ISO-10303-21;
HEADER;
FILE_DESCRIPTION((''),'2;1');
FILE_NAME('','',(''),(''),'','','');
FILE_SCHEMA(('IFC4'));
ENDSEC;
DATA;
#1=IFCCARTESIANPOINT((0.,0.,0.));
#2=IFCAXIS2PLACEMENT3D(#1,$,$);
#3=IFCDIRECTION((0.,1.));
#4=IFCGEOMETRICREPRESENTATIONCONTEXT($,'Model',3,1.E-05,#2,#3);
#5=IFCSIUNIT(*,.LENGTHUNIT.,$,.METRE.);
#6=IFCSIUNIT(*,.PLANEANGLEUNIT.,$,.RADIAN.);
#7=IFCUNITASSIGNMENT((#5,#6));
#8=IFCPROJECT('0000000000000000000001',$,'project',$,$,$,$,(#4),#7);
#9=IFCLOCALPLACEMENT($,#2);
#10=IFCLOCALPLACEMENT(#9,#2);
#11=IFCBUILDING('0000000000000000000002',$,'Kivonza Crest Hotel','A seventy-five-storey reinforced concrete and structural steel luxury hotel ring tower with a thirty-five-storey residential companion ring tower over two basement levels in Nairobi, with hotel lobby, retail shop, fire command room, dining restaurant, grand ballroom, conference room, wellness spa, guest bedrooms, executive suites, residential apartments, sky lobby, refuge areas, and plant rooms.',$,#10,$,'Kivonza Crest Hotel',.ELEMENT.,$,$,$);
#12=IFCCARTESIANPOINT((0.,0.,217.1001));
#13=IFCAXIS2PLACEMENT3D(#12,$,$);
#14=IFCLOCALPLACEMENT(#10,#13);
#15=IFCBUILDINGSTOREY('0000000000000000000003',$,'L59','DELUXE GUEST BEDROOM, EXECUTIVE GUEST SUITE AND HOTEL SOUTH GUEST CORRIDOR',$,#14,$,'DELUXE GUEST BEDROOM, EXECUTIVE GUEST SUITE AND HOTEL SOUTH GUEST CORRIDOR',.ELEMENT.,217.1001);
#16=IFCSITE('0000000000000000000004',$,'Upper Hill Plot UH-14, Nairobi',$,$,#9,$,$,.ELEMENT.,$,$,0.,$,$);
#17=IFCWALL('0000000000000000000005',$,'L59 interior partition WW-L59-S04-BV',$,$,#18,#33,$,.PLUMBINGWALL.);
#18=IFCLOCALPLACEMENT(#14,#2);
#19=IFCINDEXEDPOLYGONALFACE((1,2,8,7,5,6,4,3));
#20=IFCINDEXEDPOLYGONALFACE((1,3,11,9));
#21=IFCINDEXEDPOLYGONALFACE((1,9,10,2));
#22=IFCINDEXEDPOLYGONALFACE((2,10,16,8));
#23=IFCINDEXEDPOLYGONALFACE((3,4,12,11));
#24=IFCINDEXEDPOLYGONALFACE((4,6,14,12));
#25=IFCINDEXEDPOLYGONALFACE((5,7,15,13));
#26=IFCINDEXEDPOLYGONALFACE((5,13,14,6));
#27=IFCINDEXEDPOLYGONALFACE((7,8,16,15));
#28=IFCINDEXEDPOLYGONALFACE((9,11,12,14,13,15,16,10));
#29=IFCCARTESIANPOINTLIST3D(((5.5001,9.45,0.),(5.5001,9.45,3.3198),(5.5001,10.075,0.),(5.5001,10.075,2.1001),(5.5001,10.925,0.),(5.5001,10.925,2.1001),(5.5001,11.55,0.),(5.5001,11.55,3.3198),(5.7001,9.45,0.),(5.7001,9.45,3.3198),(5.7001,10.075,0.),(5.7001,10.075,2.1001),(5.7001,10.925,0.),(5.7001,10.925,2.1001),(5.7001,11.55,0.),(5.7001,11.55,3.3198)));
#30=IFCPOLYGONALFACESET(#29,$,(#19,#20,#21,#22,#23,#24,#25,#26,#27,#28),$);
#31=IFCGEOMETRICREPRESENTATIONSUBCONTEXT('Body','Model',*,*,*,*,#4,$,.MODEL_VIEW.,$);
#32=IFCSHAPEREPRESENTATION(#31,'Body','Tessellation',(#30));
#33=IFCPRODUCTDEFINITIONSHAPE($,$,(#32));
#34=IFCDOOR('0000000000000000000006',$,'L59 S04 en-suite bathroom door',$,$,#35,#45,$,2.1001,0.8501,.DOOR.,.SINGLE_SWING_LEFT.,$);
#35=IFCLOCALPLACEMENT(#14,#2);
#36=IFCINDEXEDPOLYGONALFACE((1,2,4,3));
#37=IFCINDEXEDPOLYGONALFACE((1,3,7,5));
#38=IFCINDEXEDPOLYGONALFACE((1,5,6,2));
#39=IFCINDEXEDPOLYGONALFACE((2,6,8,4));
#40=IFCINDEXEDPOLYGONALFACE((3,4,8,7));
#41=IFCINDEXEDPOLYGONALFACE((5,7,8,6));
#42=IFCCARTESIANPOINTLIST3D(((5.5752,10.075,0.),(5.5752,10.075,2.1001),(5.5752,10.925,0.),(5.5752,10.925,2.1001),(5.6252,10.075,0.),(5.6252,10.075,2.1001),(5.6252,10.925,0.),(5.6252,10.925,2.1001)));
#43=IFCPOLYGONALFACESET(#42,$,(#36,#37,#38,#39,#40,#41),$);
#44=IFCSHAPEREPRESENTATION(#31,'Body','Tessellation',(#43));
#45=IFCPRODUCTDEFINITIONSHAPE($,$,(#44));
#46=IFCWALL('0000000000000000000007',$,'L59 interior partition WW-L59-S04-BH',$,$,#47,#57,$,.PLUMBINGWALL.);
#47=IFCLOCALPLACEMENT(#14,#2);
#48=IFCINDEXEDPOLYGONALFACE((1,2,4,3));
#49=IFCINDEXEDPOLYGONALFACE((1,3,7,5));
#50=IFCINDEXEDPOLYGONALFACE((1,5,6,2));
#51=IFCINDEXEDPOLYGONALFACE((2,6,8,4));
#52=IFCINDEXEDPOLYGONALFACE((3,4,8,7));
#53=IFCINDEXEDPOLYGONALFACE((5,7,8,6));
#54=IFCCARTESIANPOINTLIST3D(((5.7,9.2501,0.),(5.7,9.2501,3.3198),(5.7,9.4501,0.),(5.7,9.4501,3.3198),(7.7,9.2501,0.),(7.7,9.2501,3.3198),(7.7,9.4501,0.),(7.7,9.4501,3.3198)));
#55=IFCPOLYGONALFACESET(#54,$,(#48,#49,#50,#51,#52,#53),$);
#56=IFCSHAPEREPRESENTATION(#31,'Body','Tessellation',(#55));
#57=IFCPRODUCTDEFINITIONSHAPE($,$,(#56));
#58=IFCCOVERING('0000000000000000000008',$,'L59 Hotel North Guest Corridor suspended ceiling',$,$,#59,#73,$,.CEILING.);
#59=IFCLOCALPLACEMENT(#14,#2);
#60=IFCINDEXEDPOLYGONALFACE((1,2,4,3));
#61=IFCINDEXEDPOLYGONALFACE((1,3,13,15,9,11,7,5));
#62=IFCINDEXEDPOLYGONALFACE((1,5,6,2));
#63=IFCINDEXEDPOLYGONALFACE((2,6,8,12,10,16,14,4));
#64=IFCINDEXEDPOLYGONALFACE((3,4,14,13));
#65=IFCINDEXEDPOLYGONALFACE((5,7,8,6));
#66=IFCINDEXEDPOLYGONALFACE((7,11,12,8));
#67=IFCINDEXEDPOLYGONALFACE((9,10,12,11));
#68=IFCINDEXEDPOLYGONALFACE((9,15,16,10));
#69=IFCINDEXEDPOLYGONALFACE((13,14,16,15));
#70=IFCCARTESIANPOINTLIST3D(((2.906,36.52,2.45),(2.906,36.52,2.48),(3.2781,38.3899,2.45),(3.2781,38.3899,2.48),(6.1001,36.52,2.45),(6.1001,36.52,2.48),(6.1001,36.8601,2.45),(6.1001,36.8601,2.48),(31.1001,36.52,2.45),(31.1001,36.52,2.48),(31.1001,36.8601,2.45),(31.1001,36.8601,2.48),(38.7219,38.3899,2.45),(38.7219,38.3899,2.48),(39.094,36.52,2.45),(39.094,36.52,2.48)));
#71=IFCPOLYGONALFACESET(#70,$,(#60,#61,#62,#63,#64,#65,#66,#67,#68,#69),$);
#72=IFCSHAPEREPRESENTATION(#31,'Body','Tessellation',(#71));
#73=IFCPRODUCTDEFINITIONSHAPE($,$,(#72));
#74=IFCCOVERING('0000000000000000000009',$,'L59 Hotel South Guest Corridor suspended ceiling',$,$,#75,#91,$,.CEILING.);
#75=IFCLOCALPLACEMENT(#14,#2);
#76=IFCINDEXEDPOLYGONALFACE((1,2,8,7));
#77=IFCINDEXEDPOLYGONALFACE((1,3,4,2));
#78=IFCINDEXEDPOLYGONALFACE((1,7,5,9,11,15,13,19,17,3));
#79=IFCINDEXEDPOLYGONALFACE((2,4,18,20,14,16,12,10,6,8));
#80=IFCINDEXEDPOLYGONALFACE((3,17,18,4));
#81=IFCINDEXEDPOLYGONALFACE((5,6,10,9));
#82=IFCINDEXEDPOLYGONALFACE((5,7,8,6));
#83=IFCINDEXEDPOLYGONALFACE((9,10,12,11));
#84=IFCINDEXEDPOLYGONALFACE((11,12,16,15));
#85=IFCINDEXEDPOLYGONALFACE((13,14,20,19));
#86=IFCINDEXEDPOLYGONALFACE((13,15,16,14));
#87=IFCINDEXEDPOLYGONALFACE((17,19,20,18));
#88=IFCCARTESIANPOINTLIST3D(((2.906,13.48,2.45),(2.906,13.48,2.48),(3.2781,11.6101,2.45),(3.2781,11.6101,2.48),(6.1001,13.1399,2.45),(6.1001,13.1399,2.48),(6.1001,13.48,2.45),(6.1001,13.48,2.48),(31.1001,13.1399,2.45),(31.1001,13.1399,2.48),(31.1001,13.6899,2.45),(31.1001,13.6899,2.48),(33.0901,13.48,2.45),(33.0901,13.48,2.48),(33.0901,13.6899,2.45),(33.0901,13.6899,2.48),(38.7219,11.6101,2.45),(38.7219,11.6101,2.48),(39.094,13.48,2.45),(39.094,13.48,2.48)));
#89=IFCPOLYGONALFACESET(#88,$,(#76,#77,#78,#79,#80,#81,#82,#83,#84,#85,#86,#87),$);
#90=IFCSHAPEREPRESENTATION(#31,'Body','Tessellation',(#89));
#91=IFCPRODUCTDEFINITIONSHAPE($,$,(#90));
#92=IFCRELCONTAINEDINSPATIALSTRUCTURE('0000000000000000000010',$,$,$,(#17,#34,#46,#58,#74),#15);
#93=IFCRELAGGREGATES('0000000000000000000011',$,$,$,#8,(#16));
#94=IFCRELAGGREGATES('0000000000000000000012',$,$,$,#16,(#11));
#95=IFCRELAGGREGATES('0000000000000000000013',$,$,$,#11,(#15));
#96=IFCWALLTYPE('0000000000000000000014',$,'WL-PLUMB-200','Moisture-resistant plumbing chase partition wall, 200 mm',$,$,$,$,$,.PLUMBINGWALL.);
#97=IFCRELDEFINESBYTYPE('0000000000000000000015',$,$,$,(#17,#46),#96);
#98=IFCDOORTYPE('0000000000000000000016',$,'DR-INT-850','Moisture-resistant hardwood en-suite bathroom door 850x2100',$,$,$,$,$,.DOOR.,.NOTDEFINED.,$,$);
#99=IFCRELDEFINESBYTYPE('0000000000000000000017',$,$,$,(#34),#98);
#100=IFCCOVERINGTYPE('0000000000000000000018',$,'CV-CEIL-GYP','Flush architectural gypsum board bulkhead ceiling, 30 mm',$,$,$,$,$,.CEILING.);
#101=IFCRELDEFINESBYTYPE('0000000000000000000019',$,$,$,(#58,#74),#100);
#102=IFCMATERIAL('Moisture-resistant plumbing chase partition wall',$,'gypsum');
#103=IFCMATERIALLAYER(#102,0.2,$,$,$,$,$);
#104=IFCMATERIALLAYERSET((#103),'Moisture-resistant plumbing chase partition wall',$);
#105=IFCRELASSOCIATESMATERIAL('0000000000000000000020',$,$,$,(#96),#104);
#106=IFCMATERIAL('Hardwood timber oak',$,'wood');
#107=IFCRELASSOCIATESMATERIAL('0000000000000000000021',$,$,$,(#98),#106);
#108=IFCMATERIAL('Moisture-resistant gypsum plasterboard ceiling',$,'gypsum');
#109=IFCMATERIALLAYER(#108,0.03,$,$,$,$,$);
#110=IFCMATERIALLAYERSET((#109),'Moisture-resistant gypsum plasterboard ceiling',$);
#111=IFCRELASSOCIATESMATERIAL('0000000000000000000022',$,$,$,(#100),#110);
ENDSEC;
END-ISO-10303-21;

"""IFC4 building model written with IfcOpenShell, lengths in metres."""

from ifc_helpers import new_model, si_unit, direction, frame, frame_2d, origin, place, context, subcontext, project, spatial, polyline, rectangle, outline, extrude, material, layer, layer_set, type_object, element, fill, save


model = new_model("IFC4")

# Units and contexts
model_context = context("Model", 3, precision=1e-05, world=origin(), true_north=direction((0.0, 1.0)))
body_context = subcontext(model_context, "Body", "Model", "MODEL_VIEW")
ifc_project = project(units=[si_unit("LENGTHUNIT", "METRE"), si_unit("PLANEANGLEUNIT", "RADIAN")], contexts=[model_context])

# Site, building, storey
site_placement = place(None, origin())
site = spatial("IfcSite", under=ifc_project, at=site_placement, Name="Upper Hill Plot UH-14, Nairobi", CompositionType="ELEMENT", RefElevation=0.0)
building_placement = place(site_placement, origin())
building = spatial("IfcBuilding", under=site, at=building_placement, Name="Kivonza Crest Hotel", Description="A seventy-five-storey reinforced concrete and structural steel luxury hotel ring tower with a thirty-five-storey residential companion ring tower over two basement levels in Nairobi, with hotel lobby, retail shop, fire command room, dining restaurant, grand ballroom, conference room, wellness spa, guest bedrooms, executive suites, residential apartments, sky lobby, refuge areas, and plant rooms.", LongName="Kivonza Crest Hotel", CompositionType="ELEMENT")
storey_placement = place(building_placement, frame((0.0, 0.0, 217.1001)))
storey = spatial("IfcBuildingStorey", under=building, at=storey_placement, Name="L59", Description="DELUXE GUEST BEDROOM, EXECUTIVE GUEST SUITE AND HOTEL SOUTH GUEST CORRIDOR", LongName="DELUXE GUEST BEDROOM, EXECUTIVE GUEST SUITE AND HOTEL SOUTH GUEST CORRIDOR", CompositionType="ELEMENT", Elevation=217.1001)

# Shared definitions
ifc_material_1 = material(Name="Hardwood timber oak", Category="wood")

# Wall, opening, door
ifc_material_2 = material(Name="Moisture-resistant plumbing chase partition wall", Category="gypsum")
ifc_layer_1 = layer(ifc_material_2, 0.2)
ifc_layer_set_1 = layer_set([ifc_layer_1], Name="Moisture-resistant plumbing chase partition wall")
wall_type_1 = type_object("IfcWallType", Name="WL-PLUMB-200", Description="Moisture-resistant plumbing chase partition wall, 200 mm", PredefinedType="PLUMBINGWALL", material=ifc_layer_set_1)
wall_1_placement = place(storey_placement, frame((5.6001, 9.45, 0.0), z_axis=(0.0, 0.0, 1.0), x_axis=(0.0, 1.0, 0.0)))
wall_1 = element("IfcWall", 1, at=wall_1_placement, inside=storey, type_object=wall_type_1, Name="L59 interior partition WW-L59-S04-BV", PredefinedType="PLUMBINGWALL", context=body_context, shape_type="SweptSolid", body=[
    extrude(rectangle(XDim=2.1001, YDim=0.2, at=frame_2d((1.05, 0.0))), origin(), (0.0, 0.0, 1.0), 3.3198),
])
opening_1_placement = place(wall_1_placement, frame((0.625, 0.0, 0.0)))
opening_1 = element("IfcOpeningElement", 2, at=opening_1_placement, cuts=wall_1, PredefinedType="OPENING", context=body_context, shape_type="SweptSolid", body=[
    extrude(rectangle(XDim=0.8501, YDim=2.1001, at=frame_2d((0.425, 1.05))), frame((0.0, 0.1099, 0.0), z_axis=(0.0, -1.0, 0.0), x_axis=(1.0, 0.0, 0.0)), (0.0, 0.0, 1.0), 0.22),
])
door_type_1 = type_object("IfcDoorType", Name="DR-INT-850", Description="Moisture-resistant hardwood en-suite bathroom door 850x2100", OperationType="NOTDEFINED", PredefinedType="DOOR", material=ifc_material_1)
door_1_placement = place(opening_1_placement, origin())
door_1 = element("IfcDoor", 3, at=door_1_placement, inside=storey, type_object=door_type_1, Name="L59 S04 en-suite bathroom door", OperationType="SINGLE_SWING_LEFT", OverallHeight=2.1001, OverallWidth=0.8501, PredefinedType="DOOR", context=body_context, shape_type="SweptSolid", body=[
    extrude(rectangle(XDim=0.8501, YDim=2.1001, at=frame_2d((0.425, 1.05))), frame((0.0, 0.0249, 0.0), z_axis=(0.0, -1.0, 0.0), x_axis=(1.0, 0.0, 0.0)), (0.0, 0.0, 1.0), 0.05),
])
fill(opening_1, door_1)

# Wall
wall_2_placement = place(storey_placement, frame((5.7, 9.3501, 0.0), z_axis=(0.0, 0.0, 1.0), x_axis=(1.0, 0.0, 0.0)))
element("IfcWall", 4, at=wall_2_placement, inside=storey, type_object=wall_type_1, Name="L59 interior partition WW-L59-S04-BH", PredefinedType="PLUMBINGWALL", context=body_context, shape_type="SweptSolid", body=[
    extrude(rectangle(XDim=2.0, YDim=0.2, at=frame_2d((1.0, 0.0))), origin(), (0.0, 0.0, 1.0), 3.3198),
])

# Coverings
ifc_material_3 = material(Name="Moisture-resistant gypsum plasterboard ceiling", Category="gypsum")
ifc_layer_2 = layer(ifc_material_3, 0.03)
ifc_layer_set_2 = layer_set([ifc_layer_2], Name="Moisture-resistant gypsum plasterboard ceiling")
covering_type = type_object("IfcCoveringType", Name="CV-CEIL-GYP", Description="Flush architectural gypsum board bulkhead ceiling, 30 mm", PredefinedType="CEILING", material=ifc_layer_set_2)
covering_1_placement = place(storey_placement, frame((0.0, 0.0, 2.45)))
element("IfcCovering", 5, at=covering_1_placement, inside=storey, type_object=covering_type, Name="L59 Hotel North Guest Corridor suspended ceiling", PredefinedType="CEILING", context=body_context, shape_type="SweptSolid", body=[
    extrude(outline(polyline([(3.2781, 38.3899), (2.906, 36.52), (6.1001, 36.52), (6.1001, 36.8601), (31.1001, 36.8601), (31.1001, 36.52), (39.094, 36.52), (38.7219, 38.3899), (3.2781, 38.3899)])), origin(), (0.0, 0.0, 1.0), 0.03),
])
covering_2_placement = place(storey_placement, frame((0.0, 0.0, 2.45)))
element("IfcCovering", 6, at=covering_2_placement, inside=storey, type_object=covering_type, Name="L59 Hotel South Guest Corridor suspended ceiling", PredefinedType="CEILING", context=body_context, shape_type="SweptSolid", body=[
    extrude(outline(polyline([(33.0901, 13.48), (33.0901, 13.6899), (31.1001, 13.6899), (31.1001, 13.1399), (6.1001, 13.1399), (6.1001, 13.48), (2.906, 13.48), (3.2781, 11.6101), (38.7219, 11.6101), (39.094, 13.48), (33.0901, 13.48)])), origin(), (0.0, 0.0, 1.0), 0.03),
])

save(model, "model.ifc")
